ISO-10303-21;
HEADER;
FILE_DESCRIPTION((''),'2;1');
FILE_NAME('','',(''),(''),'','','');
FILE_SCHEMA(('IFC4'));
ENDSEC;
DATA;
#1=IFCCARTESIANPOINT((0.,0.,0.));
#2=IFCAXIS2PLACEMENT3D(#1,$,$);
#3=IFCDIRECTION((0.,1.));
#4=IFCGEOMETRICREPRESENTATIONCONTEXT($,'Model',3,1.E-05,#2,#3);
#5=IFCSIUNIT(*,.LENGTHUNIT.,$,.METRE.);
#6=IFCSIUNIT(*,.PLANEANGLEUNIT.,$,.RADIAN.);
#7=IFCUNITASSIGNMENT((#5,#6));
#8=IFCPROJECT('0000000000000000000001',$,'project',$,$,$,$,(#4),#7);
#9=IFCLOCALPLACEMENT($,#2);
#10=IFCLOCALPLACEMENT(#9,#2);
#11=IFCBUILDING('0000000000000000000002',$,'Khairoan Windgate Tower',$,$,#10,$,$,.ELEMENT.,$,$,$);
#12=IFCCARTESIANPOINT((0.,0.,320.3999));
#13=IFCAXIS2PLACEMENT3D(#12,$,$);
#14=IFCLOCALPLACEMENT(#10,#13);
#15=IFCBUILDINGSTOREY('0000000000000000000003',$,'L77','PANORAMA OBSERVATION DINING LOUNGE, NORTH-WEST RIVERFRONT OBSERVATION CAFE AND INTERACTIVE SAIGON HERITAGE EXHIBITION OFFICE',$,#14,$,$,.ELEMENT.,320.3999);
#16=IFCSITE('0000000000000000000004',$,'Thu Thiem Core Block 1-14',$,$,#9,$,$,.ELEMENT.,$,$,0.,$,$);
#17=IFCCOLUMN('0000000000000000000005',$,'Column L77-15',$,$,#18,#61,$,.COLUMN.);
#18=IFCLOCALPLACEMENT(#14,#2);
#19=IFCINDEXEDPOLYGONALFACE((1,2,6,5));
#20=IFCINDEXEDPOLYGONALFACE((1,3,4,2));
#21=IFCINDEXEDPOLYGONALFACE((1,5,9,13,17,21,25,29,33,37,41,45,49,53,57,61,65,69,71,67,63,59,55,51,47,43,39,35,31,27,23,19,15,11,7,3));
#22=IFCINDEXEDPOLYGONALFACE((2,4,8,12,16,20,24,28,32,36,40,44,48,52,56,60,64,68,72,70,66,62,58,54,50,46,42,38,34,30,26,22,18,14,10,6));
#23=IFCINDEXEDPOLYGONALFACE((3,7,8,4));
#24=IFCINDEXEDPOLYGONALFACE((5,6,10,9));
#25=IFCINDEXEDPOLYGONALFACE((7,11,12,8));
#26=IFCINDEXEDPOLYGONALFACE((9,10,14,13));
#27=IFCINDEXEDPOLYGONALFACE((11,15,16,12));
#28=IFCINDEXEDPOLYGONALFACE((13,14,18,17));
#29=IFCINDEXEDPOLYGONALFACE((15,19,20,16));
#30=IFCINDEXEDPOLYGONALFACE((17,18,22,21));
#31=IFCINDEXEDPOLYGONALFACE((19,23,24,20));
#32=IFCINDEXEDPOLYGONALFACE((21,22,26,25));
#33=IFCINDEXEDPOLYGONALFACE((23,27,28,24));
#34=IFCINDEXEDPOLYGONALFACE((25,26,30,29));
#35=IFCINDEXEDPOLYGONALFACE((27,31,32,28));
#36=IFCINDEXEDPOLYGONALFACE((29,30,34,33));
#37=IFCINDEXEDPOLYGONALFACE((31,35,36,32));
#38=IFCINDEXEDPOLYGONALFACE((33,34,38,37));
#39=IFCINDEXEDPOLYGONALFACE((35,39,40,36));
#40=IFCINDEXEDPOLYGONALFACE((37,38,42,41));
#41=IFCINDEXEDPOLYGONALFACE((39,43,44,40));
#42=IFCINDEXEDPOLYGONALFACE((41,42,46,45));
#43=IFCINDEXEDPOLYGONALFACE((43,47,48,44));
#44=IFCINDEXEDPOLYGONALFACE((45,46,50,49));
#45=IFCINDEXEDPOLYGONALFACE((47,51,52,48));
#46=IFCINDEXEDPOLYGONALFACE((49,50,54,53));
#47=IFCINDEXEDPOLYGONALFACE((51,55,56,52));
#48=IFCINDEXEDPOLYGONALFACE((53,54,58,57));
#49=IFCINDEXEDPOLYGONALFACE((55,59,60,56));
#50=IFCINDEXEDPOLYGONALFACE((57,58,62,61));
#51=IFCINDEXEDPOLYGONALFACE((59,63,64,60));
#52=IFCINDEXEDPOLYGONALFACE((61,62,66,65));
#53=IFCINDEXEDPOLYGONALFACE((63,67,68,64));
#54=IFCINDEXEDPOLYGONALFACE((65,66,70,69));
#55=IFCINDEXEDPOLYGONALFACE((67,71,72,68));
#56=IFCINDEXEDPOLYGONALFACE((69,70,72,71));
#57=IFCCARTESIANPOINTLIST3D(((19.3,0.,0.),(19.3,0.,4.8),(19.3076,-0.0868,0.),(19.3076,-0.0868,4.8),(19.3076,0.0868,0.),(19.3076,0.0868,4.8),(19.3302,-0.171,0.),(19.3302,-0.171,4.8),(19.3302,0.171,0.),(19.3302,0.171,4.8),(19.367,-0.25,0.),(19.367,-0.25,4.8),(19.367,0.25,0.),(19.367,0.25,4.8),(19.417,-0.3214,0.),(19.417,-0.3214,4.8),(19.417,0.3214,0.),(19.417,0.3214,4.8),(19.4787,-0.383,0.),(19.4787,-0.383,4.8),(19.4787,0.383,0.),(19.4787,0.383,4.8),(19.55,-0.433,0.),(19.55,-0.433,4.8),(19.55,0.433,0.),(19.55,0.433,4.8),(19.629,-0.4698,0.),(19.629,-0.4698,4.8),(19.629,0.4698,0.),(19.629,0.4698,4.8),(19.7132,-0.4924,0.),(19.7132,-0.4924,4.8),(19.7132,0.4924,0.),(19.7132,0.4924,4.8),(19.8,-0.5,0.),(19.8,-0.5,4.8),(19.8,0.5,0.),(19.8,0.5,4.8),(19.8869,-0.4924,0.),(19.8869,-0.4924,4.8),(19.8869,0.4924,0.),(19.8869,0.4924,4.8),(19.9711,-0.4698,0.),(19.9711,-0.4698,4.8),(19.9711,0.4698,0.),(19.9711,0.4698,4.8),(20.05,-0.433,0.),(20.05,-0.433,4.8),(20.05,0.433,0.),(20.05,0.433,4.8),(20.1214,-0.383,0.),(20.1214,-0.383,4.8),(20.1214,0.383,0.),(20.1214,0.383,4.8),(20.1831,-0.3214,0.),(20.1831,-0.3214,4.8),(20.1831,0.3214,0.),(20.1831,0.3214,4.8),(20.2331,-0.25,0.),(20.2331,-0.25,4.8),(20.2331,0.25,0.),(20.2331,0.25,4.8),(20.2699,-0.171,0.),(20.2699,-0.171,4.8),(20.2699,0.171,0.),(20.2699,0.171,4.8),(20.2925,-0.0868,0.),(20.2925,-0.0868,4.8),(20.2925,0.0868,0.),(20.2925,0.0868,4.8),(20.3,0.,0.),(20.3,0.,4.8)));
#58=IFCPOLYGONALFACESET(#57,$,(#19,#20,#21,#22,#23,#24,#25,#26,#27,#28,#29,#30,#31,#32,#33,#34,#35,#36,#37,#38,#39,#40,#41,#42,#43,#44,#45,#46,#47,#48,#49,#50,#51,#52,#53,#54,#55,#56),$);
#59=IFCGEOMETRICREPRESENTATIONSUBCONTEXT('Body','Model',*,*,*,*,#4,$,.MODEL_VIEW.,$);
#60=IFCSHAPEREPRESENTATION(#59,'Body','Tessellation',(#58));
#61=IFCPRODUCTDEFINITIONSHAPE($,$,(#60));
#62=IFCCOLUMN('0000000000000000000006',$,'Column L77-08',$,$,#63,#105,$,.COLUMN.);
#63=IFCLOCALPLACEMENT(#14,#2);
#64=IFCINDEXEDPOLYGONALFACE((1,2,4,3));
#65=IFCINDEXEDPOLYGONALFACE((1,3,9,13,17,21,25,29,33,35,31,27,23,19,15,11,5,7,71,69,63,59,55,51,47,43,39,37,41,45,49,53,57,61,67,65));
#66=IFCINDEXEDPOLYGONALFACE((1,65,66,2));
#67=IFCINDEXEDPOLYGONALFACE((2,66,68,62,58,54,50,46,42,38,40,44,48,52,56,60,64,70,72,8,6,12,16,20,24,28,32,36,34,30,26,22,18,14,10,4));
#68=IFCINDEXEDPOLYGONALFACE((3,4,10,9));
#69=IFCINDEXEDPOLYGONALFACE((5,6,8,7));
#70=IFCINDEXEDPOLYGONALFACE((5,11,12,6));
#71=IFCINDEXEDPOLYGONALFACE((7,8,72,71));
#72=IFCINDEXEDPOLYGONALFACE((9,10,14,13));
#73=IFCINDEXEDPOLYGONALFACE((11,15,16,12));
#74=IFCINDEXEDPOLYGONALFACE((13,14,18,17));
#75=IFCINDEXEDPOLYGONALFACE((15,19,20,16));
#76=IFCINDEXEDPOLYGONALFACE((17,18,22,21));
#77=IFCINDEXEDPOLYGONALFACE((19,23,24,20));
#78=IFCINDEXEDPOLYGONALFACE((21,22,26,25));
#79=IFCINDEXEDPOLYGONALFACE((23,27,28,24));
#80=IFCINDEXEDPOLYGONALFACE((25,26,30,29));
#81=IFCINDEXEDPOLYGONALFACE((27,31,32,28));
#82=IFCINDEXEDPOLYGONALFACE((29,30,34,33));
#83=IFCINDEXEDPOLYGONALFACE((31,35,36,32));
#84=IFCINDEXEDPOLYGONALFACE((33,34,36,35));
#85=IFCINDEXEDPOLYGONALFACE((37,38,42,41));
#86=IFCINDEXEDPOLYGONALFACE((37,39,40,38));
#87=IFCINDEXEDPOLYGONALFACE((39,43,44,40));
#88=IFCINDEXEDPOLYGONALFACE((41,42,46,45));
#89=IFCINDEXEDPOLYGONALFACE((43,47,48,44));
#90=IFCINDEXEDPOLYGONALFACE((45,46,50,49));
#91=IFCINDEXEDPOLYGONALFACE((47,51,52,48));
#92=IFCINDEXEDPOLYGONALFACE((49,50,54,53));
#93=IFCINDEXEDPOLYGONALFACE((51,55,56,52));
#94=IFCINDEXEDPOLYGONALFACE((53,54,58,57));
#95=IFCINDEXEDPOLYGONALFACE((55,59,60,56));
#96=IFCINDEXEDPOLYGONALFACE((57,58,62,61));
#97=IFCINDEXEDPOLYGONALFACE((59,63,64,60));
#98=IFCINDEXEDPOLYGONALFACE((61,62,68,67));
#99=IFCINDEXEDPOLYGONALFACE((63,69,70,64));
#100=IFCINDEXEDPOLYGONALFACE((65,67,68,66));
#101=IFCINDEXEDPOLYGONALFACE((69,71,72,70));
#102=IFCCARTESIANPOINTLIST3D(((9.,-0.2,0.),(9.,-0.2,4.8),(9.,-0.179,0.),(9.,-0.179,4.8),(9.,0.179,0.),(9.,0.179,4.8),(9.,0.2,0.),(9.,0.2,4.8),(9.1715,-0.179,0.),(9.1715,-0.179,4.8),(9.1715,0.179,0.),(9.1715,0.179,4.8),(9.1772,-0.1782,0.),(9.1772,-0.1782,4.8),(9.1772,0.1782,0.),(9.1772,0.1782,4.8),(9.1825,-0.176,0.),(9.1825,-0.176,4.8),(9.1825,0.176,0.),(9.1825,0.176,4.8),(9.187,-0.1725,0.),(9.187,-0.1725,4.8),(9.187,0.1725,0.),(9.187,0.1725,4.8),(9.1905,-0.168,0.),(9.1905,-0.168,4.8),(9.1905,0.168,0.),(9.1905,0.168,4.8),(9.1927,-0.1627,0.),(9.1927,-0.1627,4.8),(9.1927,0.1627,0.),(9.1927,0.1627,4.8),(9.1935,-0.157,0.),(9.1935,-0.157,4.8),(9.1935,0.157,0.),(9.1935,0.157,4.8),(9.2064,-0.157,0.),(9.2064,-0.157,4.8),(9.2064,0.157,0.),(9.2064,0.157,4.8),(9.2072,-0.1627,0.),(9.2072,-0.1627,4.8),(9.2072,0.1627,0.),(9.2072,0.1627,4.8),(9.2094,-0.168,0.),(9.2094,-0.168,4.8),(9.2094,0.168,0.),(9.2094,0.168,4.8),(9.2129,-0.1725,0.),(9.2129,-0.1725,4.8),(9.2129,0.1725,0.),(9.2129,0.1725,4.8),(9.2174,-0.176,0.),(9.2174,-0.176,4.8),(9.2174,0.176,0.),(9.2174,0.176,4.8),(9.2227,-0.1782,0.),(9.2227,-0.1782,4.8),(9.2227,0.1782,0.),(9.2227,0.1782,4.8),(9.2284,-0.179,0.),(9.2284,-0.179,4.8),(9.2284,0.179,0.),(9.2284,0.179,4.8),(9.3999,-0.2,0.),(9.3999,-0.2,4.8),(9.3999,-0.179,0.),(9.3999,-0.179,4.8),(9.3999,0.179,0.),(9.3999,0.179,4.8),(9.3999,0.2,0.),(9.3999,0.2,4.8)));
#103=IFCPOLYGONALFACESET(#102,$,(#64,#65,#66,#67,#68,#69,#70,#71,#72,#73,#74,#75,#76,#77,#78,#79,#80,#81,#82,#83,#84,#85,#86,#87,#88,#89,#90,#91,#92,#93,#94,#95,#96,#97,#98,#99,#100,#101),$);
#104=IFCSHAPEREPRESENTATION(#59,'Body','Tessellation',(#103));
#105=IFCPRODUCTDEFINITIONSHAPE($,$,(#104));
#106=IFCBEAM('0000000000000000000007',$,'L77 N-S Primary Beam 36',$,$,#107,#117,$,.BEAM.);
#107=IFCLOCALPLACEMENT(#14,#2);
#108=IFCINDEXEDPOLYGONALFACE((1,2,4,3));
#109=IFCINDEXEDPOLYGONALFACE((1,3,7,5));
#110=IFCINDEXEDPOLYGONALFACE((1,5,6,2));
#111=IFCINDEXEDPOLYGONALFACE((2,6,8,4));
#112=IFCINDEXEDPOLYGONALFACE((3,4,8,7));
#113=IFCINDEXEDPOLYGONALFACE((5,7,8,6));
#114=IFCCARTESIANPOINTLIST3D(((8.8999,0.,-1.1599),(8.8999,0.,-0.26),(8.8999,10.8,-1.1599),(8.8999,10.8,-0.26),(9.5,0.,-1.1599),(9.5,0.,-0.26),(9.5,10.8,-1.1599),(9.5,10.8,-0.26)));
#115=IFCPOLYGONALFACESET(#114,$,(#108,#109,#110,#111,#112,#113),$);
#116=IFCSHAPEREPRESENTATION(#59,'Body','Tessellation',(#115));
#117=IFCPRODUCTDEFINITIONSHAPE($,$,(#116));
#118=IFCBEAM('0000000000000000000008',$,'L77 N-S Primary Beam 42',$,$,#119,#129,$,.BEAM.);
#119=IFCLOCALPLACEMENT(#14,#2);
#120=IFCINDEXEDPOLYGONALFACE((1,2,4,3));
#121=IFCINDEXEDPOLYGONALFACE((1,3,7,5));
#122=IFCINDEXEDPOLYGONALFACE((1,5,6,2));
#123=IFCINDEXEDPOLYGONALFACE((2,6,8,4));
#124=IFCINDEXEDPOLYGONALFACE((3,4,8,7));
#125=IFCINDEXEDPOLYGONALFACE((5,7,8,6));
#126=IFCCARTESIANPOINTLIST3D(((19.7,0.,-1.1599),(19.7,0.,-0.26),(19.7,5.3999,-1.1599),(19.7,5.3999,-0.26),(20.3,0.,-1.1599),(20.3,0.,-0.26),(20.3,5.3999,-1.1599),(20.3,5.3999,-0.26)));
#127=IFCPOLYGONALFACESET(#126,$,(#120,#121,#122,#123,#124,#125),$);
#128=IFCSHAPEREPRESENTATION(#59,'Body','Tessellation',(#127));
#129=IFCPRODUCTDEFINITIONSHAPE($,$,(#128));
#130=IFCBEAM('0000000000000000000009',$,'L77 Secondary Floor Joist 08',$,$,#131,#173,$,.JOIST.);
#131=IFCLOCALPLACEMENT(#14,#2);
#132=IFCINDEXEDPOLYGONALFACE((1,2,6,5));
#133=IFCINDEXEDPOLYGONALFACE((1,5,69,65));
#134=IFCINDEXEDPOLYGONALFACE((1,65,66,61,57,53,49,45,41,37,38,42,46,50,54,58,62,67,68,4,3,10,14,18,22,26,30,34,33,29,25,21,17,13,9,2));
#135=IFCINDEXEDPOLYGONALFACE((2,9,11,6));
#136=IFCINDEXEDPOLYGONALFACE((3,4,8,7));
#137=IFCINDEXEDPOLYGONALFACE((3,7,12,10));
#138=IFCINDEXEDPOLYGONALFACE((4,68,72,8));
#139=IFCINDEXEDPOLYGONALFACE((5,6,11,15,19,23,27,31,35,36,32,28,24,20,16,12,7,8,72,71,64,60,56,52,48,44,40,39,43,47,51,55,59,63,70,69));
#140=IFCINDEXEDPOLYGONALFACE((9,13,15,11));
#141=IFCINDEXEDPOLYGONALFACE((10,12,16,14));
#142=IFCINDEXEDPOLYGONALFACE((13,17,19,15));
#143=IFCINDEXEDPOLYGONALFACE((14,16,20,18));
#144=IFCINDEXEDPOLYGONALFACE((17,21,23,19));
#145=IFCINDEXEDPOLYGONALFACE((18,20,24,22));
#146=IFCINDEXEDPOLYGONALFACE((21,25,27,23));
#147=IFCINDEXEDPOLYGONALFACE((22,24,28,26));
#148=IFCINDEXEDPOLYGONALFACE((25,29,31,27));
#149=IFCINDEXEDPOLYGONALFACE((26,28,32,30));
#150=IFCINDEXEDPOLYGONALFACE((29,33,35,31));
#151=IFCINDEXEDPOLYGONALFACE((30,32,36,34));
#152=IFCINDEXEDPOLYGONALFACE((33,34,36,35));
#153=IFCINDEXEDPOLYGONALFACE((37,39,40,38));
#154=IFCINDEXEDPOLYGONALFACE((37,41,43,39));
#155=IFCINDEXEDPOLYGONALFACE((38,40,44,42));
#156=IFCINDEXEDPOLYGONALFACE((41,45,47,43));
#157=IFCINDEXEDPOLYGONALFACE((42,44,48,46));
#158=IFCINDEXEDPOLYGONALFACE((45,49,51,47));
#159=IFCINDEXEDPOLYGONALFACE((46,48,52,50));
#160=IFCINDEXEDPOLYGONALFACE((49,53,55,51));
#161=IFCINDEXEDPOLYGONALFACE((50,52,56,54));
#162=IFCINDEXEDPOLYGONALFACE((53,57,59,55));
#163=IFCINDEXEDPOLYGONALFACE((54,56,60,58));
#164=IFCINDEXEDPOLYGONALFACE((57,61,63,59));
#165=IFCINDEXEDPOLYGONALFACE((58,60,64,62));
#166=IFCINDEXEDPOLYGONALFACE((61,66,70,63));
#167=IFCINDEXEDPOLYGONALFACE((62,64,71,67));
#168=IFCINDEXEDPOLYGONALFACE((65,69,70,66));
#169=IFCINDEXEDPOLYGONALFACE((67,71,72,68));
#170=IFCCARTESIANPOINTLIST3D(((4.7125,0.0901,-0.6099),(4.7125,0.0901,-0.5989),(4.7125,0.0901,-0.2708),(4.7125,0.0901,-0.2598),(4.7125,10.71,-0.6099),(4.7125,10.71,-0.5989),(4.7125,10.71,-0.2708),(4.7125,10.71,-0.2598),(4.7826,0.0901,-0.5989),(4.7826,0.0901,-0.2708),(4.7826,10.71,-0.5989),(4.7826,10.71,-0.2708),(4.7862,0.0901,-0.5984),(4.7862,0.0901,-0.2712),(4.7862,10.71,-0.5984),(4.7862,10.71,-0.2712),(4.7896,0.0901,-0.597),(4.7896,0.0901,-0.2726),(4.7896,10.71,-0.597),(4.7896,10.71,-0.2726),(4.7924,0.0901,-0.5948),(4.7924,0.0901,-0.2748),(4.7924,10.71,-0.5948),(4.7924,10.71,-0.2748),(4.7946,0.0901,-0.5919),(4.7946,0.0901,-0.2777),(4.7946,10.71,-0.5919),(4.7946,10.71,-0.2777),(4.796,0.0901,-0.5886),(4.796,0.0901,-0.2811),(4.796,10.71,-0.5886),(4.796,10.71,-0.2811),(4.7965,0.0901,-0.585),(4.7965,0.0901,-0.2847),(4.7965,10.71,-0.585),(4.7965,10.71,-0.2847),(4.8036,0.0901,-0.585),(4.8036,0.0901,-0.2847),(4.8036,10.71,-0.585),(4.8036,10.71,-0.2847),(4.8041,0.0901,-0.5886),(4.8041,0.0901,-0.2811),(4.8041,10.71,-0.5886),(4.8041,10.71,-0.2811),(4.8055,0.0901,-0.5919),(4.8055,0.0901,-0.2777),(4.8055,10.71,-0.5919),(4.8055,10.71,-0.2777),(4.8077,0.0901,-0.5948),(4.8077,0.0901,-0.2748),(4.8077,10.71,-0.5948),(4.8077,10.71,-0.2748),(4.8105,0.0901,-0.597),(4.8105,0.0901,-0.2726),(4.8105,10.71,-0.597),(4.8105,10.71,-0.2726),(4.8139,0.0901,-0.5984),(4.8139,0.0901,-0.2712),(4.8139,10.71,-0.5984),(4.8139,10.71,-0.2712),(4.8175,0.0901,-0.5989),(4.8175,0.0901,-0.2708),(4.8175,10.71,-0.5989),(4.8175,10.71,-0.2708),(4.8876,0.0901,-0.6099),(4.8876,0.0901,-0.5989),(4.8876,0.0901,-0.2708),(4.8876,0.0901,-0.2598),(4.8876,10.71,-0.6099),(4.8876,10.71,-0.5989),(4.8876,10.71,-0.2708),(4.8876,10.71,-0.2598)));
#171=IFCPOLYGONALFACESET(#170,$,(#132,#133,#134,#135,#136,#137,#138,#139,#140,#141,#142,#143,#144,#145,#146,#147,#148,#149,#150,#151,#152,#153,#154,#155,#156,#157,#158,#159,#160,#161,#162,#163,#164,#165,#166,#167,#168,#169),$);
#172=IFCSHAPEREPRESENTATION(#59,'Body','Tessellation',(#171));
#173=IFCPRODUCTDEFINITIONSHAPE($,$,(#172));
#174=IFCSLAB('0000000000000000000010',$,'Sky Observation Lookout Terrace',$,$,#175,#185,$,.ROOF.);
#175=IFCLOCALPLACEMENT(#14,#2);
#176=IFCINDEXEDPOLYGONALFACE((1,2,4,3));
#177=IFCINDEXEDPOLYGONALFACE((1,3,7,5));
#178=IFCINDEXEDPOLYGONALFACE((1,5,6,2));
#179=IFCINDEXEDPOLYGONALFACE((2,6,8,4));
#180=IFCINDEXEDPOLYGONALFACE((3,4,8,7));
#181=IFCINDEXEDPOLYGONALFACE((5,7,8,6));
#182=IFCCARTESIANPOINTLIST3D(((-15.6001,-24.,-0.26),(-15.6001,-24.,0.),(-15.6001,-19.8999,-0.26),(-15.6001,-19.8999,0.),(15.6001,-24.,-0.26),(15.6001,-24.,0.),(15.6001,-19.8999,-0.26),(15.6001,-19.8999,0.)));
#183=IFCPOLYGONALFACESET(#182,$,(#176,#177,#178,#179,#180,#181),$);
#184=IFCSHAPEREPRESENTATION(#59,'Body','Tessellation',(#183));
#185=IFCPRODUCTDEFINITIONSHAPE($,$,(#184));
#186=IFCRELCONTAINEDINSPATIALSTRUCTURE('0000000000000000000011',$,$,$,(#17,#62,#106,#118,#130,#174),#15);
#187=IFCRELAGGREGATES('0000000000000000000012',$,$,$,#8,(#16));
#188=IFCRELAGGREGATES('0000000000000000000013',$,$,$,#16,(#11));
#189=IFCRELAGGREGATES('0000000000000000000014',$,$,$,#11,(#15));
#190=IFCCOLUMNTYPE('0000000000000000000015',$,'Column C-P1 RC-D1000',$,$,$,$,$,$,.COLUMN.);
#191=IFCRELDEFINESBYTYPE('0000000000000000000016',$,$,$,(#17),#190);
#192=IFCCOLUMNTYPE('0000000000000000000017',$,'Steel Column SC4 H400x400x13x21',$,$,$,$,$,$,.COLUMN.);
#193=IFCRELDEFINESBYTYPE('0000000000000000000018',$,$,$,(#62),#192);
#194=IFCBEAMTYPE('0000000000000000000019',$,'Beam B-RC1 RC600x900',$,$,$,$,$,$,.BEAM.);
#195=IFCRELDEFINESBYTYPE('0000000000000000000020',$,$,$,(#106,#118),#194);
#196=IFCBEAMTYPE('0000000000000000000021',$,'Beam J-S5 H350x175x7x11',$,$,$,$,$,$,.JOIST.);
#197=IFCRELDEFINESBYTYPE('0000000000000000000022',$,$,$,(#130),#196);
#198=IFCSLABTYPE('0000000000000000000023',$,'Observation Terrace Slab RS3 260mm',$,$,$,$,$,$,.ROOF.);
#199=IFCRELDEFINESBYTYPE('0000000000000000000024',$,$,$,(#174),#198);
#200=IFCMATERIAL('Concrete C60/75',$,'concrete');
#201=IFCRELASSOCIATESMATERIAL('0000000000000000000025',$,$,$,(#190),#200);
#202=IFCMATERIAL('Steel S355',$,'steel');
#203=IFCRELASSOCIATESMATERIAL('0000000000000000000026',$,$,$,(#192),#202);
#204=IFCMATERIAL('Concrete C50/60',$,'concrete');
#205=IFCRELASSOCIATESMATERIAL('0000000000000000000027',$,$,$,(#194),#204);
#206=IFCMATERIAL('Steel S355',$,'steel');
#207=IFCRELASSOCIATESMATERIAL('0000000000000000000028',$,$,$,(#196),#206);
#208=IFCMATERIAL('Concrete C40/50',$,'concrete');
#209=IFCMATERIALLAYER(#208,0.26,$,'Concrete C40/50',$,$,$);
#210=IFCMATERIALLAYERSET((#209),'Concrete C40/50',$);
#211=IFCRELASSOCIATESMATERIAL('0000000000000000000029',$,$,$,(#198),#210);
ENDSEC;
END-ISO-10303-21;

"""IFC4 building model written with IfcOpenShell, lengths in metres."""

from ifc_helpers import new_model, si_unit, direction, frame, origin, origin_2d, place, context, subcontext, project, spatial, polyline, rectangle, circle, i_section, outline, extrude, material, layer, layer_set, material_profile, profile_set, type_object, element, save


model = new_model("IFC4")

# Units and contexts
model_context = context("Model", 3, precision=1e-05, world=origin(), true_north=direction((0.0, 1.0)))
body_context = subcontext(model_context, "Body", "Model", "MODEL_VIEW")
ifc_project = project(units=[si_unit("LENGTHUNIT", "METRE"), si_unit("PLANEANGLEUNIT", "RADIAN")], contexts=[model_context])

# Site, building, storey
site_placement = place(None, origin())
site = spatial("IfcSite", under=ifc_project, at=site_placement, Name="Thu Thiem Core Block 1-14", CompositionType="ELEMENT", RefElevation=0.0)
building_placement = place(site_placement, origin())
building = spatial("IfcBuilding", under=site, at=building_placement, Name="Khairoan Windgate Tower", CompositionType="ELEMENT")
storey_placement = place(building_placement, frame((0.0, 0.0, 320.3999)))
storey = spatial("IfcBuildingStorey", under=building, at=storey_placement, Name="L77", Description="PANORAMA OBSERVATION DINING LOUNGE, NORTH-WEST RIVERFRONT OBSERVATION CAFE AND INTERACTIVE SAIGON HERITAGE EXHIBITION OFFICE", CompositionType="ELEMENT", Elevation=320.3999)

# Columns
ifc_material_1 = material(Name="Concrete C60/75", Category="concrete")
ifc_material_profile_1 = material_profile(ifc_material_1, circle(Radius=0.5, at=origin_2d()))
ifc_profile_set_1 = profile_set([ifc_material_profile_1], Name="Concrete C60/75")
column_type_1 = type_object("IfcColumnType", Name="Column C-P1 RC-D1000", PredefinedType="COLUMN", material=ifc_profile_set_1)
column_1_placement = place(storey_placement, frame((19.8, 0.0, 0.0), z_axis=(0.0, 0.0, 1.0), x_axis=(1.0, 0.0, 0.0)))
element("IfcColumn", 1, at=column_1_placement, inside=storey, type_object=column_type_1, Name="Column L77-15", PredefinedType="COLUMN", context=body_context, shape_type="SweptSolid", body=[
    extrude(circle(Radius=0.5, at=origin_2d()), origin(), (0.0, 0.0, 1.0), 4.8),
])
ifc_material_2 = material(Name="Steel S355", Category="steel")
ifc_material_profile_2 = material_profile(ifc_material_2, i_section(OverallWidth=0.3999, OverallDepth=0.3999, WebThickness=0.0129, FlangeThickness=0.021, FilletRadius=0.022, at=origin_2d()))
ifc_profile_set_2 = profile_set([ifc_material_profile_2], Name="Steel S355")
column_type_2 = type_object("IfcColumnType", Name="Steel Column SC4 H400x400x13x21", PredefinedType="COLUMN", material=ifc_profile_set_2)
column_2_placement = place(storey_placement, frame((9.2, 0.0, 0.0), z_axis=(0.0, 0.0, 1.0), x_axis=(1.0, 0.0, 0.0)))
element("IfcColumn", 2, at=column_2_placement, inside=storey, type_object=column_type_2, Name="Column L77-08", PredefinedType="COLUMN", context=body_context, shape_type="SweptSolid", body=[
    extrude(i_section(OverallWidth=0.3999, OverallDepth=0.3999, WebThickness=0.0129, FlangeThickness=0.021, FilletRadius=0.022, at=origin_2d()), origin(), (0.0, 0.0, 1.0), 4.8),
])

# Beams
ifc_material_3 = material(Name="Concrete C50/60", Category="concrete")
ifc_material_profile_3 = material_profile(ifc_material_3, rectangle(XDim=0.6001, YDim=0.8999, at=origin_2d()))
ifc_profile_set_3 = profile_set([ifc_material_profile_3], Name="Concrete C50/60")
beam_type_1 = type_object("IfcBeamType", Name="Beam B-RC1 RC600x900", PredefinedType="BEAM", material=ifc_profile_set_3)
beam_1_placement = place(storey_placement, frame((9.2, 0.0, -0.71), z_axis=(0.0, 1.0, 0.0), x_axis=(-1.0, 0.0, 0.0)))
element("IfcBeam", 3, at=beam_1_placement, inside=storey, type_object=beam_type_1, Name="L77 N-S Primary Beam 36", PredefinedType="BEAM", context=body_context, shape_type="SweptSolid", body=[
    extrude(rectangle(XDim=0.6001, YDim=0.8999, at=origin_2d()), origin(), (0.0, 0.0, 1.0), 10.8),
])
beam_2_placement = place(storey_placement, frame((20.0, 0.0, -0.71), z_axis=(0.0, 1.0, 0.0), x_axis=(-1.0, 0.0, 0.0)))
element("IfcBeam", 4, at=beam_2_placement, inside=storey, type_object=beam_type_1, Name="L77 N-S Primary Beam 42", PredefinedType="BEAM", context=body_context, shape_type="SweptSolid", body=[
    extrude(rectangle(XDim=0.6001, YDim=0.8999, at=origin_2d()), origin(), (0.0, 0.0, 1.0), 5.3999),
])
ifc_material_4 = material(Name="Steel S355", Category="steel")
ifc_material_profile_4 = material_profile(ifc_material_4, i_section(OverallWidth=0.175, OverallDepth=0.3501, WebThickness=0.0071, FlangeThickness=0.011, FilletRadius=0.0139, at=origin_2d()))
ifc_profile_set_4 = profile_set([ifc_material_profile_4], Name="Steel S355")
beam_type_2 = type_object("IfcBeamType", Name="Beam J-S5 H350x175x7x11", PredefinedType="JOIST", material=ifc_profile_set_4)
beam_3_placement = place(storey_placement, frame((4.8, 0.0901, -0.4348), z_axis=(0.0, 1.0, 0.0), x_axis=(-1.0, 0.0, 0.0)))
element("IfcBeam", 5, at=beam_3_placement, inside=storey, type_object=beam_type_2, Name="L77 Secondary Floor Joist 08", PredefinedType="JOIST", context=body_context, shape_type="SweptSolid", body=[
    extrude(i_section(OverallWidth=0.175, OverallDepth=0.3501, WebThickness=0.0071, FlangeThickness=0.011, FilletRadius=0.0139, at=origin_2d()), origin(), (0.0, 0.0, 1.0), 10.6199),
])

# Slab
ifc_material_5 = material(Name="Concrete C40/50", Category="concrete")
ifc_layer_1 = layer(ifc_material_5, 0.26, Name="Concrete C40/50")
ifc_layer_set_1 = layer_set([ifc_layer_1], Name="Concrete C40/50")
slab_type_1 = type_object("IfcSlabType", Name="Observation Terrace Slab RS3 260mm", PredefinedType="ROOF", material=ifc_layer_set_1)
slab_1_placement = place(storey_placement, frame((0.0, 0.0, -0.26)))
element("IfcSlab", 6, at=slab_1_placement, inside=storey, type_object=slab_type_1, Name="Sky Observation Lookout Terrace", PredefinedType="ROOF", context=body_context, shape_type="SweptSolid", body=[
    extrude(outline(polyline([(-15.6001, -24.0), (15.6001, -24.0), (15.6001, -19.8999), (-15.6001, -19.8999), (-15.6001, -24.0)])), origin(), (0.0, 0.0, 1.0), 0.26),
])

save(model, "model.ifc")
